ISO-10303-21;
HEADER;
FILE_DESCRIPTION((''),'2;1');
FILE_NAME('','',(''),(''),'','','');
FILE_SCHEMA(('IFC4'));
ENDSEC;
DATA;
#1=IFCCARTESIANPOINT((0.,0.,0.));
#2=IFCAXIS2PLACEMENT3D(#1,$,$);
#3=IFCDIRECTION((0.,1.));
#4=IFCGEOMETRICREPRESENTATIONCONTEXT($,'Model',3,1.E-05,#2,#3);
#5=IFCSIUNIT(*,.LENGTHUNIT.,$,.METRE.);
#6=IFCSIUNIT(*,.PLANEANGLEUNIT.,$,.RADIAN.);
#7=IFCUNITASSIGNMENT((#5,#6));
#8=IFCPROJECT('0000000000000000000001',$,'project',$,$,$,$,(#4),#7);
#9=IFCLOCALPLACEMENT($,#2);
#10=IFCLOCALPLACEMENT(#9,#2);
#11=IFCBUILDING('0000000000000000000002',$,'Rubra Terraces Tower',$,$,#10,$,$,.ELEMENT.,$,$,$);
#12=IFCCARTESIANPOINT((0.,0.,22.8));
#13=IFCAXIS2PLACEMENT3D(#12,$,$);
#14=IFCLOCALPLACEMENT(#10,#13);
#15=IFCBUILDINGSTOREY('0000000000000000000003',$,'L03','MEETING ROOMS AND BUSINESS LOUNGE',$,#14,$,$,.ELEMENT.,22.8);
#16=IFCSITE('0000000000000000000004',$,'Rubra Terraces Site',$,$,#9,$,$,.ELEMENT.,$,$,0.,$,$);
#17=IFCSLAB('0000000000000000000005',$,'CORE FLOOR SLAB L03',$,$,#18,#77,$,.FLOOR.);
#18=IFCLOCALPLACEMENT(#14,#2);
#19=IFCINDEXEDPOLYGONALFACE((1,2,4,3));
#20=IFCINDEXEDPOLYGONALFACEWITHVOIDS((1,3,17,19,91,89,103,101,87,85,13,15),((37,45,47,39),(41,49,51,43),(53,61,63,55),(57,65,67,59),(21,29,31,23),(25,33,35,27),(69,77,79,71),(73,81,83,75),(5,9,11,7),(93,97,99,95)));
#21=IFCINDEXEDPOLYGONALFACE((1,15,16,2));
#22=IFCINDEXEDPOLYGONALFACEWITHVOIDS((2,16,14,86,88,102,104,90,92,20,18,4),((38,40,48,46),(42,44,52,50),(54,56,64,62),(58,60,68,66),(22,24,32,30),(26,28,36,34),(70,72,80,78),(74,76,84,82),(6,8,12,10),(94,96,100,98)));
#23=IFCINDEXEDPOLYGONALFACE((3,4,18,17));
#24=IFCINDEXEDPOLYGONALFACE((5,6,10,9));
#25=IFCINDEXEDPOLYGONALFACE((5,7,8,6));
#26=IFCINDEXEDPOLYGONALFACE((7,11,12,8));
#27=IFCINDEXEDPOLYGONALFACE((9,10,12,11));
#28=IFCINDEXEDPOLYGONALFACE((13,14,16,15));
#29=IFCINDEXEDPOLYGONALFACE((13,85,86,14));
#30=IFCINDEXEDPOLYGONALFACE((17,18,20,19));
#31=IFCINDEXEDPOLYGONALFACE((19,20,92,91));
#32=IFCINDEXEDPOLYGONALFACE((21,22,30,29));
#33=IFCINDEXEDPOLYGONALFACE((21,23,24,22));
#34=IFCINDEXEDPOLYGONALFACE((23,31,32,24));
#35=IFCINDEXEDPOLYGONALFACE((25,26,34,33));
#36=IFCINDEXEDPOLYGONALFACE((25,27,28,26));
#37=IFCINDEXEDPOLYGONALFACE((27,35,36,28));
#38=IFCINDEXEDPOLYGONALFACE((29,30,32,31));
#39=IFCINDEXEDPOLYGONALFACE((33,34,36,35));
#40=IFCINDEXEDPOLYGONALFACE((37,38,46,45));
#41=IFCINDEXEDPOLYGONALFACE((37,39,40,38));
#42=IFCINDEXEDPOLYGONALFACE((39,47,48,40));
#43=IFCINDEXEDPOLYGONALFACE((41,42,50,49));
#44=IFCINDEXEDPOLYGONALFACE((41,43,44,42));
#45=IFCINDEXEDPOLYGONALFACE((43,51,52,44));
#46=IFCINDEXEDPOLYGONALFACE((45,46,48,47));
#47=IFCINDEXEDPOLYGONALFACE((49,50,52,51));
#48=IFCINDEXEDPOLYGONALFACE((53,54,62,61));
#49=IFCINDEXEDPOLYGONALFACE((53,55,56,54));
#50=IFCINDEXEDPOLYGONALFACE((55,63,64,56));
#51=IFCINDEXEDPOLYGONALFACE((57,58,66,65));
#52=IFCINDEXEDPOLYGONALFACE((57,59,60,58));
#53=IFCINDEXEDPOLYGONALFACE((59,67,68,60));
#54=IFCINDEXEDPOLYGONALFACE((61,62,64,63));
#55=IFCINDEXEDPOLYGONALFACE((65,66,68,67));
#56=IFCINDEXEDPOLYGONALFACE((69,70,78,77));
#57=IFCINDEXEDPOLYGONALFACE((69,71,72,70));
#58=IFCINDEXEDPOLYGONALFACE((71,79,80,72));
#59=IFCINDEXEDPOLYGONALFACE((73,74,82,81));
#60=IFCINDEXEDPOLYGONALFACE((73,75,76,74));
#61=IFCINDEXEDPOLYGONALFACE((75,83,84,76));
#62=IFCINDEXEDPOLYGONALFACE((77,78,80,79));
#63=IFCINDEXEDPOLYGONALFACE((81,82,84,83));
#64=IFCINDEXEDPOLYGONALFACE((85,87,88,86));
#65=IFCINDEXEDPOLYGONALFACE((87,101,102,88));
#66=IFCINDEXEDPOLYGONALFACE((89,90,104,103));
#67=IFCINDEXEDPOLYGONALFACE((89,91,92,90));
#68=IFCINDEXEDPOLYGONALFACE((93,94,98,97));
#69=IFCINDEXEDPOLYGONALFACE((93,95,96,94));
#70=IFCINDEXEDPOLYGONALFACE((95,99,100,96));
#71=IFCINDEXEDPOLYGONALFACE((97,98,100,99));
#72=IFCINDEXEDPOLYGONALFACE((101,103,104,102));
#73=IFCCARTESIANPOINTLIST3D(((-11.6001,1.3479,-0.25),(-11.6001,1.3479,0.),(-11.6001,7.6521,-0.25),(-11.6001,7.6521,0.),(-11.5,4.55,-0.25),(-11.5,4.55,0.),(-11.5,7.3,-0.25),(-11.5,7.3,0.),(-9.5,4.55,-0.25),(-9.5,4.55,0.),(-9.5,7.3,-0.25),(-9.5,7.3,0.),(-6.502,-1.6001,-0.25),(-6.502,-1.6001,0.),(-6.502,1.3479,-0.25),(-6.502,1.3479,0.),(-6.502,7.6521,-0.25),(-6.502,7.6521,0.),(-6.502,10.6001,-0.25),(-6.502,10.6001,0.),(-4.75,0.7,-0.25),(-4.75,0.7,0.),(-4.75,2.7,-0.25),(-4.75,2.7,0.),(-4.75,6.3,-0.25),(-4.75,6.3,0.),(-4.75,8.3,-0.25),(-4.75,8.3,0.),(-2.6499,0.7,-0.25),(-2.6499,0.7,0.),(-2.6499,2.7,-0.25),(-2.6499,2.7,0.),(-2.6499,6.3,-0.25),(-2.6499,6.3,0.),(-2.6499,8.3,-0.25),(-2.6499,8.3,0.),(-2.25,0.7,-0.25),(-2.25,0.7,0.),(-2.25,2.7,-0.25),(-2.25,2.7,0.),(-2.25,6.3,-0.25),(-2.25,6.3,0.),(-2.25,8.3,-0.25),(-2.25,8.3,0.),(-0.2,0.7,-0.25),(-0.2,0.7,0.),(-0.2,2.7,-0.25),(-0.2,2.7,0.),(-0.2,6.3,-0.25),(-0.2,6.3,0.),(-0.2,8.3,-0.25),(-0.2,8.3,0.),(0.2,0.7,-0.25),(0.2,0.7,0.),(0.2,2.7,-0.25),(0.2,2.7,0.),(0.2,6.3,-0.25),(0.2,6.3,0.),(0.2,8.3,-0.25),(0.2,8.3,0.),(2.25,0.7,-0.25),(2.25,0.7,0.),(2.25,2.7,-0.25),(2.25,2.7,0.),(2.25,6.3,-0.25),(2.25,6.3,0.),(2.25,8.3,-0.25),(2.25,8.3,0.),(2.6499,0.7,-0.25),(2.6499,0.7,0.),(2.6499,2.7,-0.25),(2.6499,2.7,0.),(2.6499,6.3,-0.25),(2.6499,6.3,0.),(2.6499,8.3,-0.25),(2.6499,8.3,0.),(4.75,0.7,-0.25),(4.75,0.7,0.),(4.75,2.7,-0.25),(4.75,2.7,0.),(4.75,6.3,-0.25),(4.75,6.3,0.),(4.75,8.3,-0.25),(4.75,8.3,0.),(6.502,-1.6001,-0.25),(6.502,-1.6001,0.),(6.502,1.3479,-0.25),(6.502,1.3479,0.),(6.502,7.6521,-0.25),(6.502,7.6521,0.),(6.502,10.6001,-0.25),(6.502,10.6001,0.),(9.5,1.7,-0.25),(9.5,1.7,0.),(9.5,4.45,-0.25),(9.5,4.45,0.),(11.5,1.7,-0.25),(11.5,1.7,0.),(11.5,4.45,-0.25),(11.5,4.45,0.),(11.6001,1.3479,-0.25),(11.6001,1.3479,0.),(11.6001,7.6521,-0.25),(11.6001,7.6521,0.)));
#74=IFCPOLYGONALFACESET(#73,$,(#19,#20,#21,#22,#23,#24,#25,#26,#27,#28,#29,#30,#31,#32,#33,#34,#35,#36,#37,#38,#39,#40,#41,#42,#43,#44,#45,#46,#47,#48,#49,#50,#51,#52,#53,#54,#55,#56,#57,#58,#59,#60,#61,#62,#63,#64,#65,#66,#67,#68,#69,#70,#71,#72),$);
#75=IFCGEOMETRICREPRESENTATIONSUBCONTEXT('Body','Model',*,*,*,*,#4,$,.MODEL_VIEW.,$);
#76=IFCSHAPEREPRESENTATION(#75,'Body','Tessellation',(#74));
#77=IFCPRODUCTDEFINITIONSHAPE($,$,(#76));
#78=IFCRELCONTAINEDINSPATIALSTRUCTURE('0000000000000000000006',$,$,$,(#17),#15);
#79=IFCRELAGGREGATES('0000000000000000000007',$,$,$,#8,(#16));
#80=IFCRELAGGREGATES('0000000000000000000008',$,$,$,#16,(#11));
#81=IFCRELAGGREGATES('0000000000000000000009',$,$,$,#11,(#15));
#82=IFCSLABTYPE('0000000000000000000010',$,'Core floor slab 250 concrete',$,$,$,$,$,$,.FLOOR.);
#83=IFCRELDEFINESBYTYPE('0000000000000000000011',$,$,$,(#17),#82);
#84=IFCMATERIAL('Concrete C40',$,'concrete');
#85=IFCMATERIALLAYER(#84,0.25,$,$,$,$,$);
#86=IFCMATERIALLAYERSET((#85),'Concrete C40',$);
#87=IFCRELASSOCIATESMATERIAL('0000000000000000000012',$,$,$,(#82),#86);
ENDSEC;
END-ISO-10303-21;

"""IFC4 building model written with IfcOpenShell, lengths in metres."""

from ifc_helpers import new_model, si_unit, direction, frame, origin, place, context, subcontext, project, spatial, polyline, outline, extrude, material, layer, layer_set, type_object, element, save


model = new_model("IFC4")

# Units and contexts
model_context = context("Model", 3, precision=1e-05, world=origin(), true_north=direction((0.0, 1.0)))
body_context = subcontext(model_context, "Body", "Model", "MODEL_VIEW")
ifc_project = project(units=[si_unit("LENGTHUNIT", "METRE"), si_unit("PLANEANGLEUNIT", "RADIAN")], contexts=[model_context])

# Site, building, storey
site_placement = place(None, origin())
site = spatial("IfcSite", under=ifc_project, at=site_placement, Name="Rubra Terraces Site", CompositionType="ELEMENT", RefElevation=0.0)
building_placement = place(site_placement, origin())
building = spatial("IfcBuilding", under=site, at=building_placement, Name="Rubra Terraces Tower", CompositionType="ELEMENT")
storey_placement = place(building_placement, frame((0.0, 0.0, 22.8)))
storey = spatial("IfcBuildingStorey", under=building, at=storey_placement, Name="L03", Description="MEETING ROOMS AND BUSINESS LOUNGE", CompositionType="ELEMENT", Elevation=22.8)

# Slab
ifc_material_1 = material(Name="Concrete C40", Category="concrete")
ifc_layer_1 = layer(ifc_material_1, 0.25)
ifc_layer_set_1 = layer_set([ifc_layer_1], Name="Concrete C40")
slab_type_1 = type_object("IfcSlabType", Name="Core floor slab 250 concrete", PredefinedType="FLOOR", material=ifc_layer_set_1)
slab_1_placement = place(storey_placement, frame((0.0, 0.0, -0.25)))
element("IfcSlab", 1, at=slab_1_placement, inside=storey, type_object=slab_type_1, Name="CORE FLOOR SLAB L03", PredefinedType="FLOOR", context=body_context, shape_type="SweptSolid", body=[
    extrude(outline(polyline([(-11.6001, 1.3479), (-11.6001, 7.6521), (-6.502, 7.6521), (-6.502, 10.6001), (6.502, 10.6001), (6.502, 7.6521), (11.6001, 7.6521), (11.6001, 1.3479), (6.502, 1.3479), (6.502, -1.6001), (-6.502, -1.6001), (-6.502, 1.3479), (-11.6001, 1.3479)]), holes=[polyline([(9.5, 1.7), (11.5, 1.7), (11.5, 4.45), (9.5, 4.45), (9.5, 1.7)]), polyline([(4.75, 0.7), (4.75, 2.7), (2.6499, 2.7), (2.6499, 0.7), (4.75, 0.7)]), polyline([(4.75, 6.3), (4.75, 8.3), (2.6499, 8.3), (2.6499, 6.3), (4.75, 6.3)]), polyline([(2.25, 0.7), (2.25, 2.7), (0.2, 2.7), (0.2, 0.7), (2.25, 0.7)]), polyline([(2.25, 6.3), (2.25, 8.3), (0.2, 8.3), (0.2, 6.3), (2.25, 6.3)]), polyline([(-0.2, 0.7), (-0.2, 2.7), (-2.25, 2.7), (-2.25, 0.7), (-0.2, 0.7)]), polyline([(-0.2, 6.3), (-0.2, 8.3), (-2.25, 8.3), (-2.25, 6.3), (-0.2, 6.3)]), polyline([(-2.6499, 0.7), (-2.6499, 2.7), (-4.75, 2.7), (-4.75, 0.7), (-2.6499, 0.7)]), polyline([(-2.6499, 8.3), (-4.75, 8.3), (-4.75, 6.3), (-2.6499, 6.3), (-2.6499, 8.3)]), polyline([(-9.5, 7.3), (-11.5, 7.3), (-11.5, 4.55), (-9.5, 4.55), (-9.5, 7.3)])]), origin(), (0.0, 0.0, 1.0), 0.25),
])

save(model, "model.ifc")
